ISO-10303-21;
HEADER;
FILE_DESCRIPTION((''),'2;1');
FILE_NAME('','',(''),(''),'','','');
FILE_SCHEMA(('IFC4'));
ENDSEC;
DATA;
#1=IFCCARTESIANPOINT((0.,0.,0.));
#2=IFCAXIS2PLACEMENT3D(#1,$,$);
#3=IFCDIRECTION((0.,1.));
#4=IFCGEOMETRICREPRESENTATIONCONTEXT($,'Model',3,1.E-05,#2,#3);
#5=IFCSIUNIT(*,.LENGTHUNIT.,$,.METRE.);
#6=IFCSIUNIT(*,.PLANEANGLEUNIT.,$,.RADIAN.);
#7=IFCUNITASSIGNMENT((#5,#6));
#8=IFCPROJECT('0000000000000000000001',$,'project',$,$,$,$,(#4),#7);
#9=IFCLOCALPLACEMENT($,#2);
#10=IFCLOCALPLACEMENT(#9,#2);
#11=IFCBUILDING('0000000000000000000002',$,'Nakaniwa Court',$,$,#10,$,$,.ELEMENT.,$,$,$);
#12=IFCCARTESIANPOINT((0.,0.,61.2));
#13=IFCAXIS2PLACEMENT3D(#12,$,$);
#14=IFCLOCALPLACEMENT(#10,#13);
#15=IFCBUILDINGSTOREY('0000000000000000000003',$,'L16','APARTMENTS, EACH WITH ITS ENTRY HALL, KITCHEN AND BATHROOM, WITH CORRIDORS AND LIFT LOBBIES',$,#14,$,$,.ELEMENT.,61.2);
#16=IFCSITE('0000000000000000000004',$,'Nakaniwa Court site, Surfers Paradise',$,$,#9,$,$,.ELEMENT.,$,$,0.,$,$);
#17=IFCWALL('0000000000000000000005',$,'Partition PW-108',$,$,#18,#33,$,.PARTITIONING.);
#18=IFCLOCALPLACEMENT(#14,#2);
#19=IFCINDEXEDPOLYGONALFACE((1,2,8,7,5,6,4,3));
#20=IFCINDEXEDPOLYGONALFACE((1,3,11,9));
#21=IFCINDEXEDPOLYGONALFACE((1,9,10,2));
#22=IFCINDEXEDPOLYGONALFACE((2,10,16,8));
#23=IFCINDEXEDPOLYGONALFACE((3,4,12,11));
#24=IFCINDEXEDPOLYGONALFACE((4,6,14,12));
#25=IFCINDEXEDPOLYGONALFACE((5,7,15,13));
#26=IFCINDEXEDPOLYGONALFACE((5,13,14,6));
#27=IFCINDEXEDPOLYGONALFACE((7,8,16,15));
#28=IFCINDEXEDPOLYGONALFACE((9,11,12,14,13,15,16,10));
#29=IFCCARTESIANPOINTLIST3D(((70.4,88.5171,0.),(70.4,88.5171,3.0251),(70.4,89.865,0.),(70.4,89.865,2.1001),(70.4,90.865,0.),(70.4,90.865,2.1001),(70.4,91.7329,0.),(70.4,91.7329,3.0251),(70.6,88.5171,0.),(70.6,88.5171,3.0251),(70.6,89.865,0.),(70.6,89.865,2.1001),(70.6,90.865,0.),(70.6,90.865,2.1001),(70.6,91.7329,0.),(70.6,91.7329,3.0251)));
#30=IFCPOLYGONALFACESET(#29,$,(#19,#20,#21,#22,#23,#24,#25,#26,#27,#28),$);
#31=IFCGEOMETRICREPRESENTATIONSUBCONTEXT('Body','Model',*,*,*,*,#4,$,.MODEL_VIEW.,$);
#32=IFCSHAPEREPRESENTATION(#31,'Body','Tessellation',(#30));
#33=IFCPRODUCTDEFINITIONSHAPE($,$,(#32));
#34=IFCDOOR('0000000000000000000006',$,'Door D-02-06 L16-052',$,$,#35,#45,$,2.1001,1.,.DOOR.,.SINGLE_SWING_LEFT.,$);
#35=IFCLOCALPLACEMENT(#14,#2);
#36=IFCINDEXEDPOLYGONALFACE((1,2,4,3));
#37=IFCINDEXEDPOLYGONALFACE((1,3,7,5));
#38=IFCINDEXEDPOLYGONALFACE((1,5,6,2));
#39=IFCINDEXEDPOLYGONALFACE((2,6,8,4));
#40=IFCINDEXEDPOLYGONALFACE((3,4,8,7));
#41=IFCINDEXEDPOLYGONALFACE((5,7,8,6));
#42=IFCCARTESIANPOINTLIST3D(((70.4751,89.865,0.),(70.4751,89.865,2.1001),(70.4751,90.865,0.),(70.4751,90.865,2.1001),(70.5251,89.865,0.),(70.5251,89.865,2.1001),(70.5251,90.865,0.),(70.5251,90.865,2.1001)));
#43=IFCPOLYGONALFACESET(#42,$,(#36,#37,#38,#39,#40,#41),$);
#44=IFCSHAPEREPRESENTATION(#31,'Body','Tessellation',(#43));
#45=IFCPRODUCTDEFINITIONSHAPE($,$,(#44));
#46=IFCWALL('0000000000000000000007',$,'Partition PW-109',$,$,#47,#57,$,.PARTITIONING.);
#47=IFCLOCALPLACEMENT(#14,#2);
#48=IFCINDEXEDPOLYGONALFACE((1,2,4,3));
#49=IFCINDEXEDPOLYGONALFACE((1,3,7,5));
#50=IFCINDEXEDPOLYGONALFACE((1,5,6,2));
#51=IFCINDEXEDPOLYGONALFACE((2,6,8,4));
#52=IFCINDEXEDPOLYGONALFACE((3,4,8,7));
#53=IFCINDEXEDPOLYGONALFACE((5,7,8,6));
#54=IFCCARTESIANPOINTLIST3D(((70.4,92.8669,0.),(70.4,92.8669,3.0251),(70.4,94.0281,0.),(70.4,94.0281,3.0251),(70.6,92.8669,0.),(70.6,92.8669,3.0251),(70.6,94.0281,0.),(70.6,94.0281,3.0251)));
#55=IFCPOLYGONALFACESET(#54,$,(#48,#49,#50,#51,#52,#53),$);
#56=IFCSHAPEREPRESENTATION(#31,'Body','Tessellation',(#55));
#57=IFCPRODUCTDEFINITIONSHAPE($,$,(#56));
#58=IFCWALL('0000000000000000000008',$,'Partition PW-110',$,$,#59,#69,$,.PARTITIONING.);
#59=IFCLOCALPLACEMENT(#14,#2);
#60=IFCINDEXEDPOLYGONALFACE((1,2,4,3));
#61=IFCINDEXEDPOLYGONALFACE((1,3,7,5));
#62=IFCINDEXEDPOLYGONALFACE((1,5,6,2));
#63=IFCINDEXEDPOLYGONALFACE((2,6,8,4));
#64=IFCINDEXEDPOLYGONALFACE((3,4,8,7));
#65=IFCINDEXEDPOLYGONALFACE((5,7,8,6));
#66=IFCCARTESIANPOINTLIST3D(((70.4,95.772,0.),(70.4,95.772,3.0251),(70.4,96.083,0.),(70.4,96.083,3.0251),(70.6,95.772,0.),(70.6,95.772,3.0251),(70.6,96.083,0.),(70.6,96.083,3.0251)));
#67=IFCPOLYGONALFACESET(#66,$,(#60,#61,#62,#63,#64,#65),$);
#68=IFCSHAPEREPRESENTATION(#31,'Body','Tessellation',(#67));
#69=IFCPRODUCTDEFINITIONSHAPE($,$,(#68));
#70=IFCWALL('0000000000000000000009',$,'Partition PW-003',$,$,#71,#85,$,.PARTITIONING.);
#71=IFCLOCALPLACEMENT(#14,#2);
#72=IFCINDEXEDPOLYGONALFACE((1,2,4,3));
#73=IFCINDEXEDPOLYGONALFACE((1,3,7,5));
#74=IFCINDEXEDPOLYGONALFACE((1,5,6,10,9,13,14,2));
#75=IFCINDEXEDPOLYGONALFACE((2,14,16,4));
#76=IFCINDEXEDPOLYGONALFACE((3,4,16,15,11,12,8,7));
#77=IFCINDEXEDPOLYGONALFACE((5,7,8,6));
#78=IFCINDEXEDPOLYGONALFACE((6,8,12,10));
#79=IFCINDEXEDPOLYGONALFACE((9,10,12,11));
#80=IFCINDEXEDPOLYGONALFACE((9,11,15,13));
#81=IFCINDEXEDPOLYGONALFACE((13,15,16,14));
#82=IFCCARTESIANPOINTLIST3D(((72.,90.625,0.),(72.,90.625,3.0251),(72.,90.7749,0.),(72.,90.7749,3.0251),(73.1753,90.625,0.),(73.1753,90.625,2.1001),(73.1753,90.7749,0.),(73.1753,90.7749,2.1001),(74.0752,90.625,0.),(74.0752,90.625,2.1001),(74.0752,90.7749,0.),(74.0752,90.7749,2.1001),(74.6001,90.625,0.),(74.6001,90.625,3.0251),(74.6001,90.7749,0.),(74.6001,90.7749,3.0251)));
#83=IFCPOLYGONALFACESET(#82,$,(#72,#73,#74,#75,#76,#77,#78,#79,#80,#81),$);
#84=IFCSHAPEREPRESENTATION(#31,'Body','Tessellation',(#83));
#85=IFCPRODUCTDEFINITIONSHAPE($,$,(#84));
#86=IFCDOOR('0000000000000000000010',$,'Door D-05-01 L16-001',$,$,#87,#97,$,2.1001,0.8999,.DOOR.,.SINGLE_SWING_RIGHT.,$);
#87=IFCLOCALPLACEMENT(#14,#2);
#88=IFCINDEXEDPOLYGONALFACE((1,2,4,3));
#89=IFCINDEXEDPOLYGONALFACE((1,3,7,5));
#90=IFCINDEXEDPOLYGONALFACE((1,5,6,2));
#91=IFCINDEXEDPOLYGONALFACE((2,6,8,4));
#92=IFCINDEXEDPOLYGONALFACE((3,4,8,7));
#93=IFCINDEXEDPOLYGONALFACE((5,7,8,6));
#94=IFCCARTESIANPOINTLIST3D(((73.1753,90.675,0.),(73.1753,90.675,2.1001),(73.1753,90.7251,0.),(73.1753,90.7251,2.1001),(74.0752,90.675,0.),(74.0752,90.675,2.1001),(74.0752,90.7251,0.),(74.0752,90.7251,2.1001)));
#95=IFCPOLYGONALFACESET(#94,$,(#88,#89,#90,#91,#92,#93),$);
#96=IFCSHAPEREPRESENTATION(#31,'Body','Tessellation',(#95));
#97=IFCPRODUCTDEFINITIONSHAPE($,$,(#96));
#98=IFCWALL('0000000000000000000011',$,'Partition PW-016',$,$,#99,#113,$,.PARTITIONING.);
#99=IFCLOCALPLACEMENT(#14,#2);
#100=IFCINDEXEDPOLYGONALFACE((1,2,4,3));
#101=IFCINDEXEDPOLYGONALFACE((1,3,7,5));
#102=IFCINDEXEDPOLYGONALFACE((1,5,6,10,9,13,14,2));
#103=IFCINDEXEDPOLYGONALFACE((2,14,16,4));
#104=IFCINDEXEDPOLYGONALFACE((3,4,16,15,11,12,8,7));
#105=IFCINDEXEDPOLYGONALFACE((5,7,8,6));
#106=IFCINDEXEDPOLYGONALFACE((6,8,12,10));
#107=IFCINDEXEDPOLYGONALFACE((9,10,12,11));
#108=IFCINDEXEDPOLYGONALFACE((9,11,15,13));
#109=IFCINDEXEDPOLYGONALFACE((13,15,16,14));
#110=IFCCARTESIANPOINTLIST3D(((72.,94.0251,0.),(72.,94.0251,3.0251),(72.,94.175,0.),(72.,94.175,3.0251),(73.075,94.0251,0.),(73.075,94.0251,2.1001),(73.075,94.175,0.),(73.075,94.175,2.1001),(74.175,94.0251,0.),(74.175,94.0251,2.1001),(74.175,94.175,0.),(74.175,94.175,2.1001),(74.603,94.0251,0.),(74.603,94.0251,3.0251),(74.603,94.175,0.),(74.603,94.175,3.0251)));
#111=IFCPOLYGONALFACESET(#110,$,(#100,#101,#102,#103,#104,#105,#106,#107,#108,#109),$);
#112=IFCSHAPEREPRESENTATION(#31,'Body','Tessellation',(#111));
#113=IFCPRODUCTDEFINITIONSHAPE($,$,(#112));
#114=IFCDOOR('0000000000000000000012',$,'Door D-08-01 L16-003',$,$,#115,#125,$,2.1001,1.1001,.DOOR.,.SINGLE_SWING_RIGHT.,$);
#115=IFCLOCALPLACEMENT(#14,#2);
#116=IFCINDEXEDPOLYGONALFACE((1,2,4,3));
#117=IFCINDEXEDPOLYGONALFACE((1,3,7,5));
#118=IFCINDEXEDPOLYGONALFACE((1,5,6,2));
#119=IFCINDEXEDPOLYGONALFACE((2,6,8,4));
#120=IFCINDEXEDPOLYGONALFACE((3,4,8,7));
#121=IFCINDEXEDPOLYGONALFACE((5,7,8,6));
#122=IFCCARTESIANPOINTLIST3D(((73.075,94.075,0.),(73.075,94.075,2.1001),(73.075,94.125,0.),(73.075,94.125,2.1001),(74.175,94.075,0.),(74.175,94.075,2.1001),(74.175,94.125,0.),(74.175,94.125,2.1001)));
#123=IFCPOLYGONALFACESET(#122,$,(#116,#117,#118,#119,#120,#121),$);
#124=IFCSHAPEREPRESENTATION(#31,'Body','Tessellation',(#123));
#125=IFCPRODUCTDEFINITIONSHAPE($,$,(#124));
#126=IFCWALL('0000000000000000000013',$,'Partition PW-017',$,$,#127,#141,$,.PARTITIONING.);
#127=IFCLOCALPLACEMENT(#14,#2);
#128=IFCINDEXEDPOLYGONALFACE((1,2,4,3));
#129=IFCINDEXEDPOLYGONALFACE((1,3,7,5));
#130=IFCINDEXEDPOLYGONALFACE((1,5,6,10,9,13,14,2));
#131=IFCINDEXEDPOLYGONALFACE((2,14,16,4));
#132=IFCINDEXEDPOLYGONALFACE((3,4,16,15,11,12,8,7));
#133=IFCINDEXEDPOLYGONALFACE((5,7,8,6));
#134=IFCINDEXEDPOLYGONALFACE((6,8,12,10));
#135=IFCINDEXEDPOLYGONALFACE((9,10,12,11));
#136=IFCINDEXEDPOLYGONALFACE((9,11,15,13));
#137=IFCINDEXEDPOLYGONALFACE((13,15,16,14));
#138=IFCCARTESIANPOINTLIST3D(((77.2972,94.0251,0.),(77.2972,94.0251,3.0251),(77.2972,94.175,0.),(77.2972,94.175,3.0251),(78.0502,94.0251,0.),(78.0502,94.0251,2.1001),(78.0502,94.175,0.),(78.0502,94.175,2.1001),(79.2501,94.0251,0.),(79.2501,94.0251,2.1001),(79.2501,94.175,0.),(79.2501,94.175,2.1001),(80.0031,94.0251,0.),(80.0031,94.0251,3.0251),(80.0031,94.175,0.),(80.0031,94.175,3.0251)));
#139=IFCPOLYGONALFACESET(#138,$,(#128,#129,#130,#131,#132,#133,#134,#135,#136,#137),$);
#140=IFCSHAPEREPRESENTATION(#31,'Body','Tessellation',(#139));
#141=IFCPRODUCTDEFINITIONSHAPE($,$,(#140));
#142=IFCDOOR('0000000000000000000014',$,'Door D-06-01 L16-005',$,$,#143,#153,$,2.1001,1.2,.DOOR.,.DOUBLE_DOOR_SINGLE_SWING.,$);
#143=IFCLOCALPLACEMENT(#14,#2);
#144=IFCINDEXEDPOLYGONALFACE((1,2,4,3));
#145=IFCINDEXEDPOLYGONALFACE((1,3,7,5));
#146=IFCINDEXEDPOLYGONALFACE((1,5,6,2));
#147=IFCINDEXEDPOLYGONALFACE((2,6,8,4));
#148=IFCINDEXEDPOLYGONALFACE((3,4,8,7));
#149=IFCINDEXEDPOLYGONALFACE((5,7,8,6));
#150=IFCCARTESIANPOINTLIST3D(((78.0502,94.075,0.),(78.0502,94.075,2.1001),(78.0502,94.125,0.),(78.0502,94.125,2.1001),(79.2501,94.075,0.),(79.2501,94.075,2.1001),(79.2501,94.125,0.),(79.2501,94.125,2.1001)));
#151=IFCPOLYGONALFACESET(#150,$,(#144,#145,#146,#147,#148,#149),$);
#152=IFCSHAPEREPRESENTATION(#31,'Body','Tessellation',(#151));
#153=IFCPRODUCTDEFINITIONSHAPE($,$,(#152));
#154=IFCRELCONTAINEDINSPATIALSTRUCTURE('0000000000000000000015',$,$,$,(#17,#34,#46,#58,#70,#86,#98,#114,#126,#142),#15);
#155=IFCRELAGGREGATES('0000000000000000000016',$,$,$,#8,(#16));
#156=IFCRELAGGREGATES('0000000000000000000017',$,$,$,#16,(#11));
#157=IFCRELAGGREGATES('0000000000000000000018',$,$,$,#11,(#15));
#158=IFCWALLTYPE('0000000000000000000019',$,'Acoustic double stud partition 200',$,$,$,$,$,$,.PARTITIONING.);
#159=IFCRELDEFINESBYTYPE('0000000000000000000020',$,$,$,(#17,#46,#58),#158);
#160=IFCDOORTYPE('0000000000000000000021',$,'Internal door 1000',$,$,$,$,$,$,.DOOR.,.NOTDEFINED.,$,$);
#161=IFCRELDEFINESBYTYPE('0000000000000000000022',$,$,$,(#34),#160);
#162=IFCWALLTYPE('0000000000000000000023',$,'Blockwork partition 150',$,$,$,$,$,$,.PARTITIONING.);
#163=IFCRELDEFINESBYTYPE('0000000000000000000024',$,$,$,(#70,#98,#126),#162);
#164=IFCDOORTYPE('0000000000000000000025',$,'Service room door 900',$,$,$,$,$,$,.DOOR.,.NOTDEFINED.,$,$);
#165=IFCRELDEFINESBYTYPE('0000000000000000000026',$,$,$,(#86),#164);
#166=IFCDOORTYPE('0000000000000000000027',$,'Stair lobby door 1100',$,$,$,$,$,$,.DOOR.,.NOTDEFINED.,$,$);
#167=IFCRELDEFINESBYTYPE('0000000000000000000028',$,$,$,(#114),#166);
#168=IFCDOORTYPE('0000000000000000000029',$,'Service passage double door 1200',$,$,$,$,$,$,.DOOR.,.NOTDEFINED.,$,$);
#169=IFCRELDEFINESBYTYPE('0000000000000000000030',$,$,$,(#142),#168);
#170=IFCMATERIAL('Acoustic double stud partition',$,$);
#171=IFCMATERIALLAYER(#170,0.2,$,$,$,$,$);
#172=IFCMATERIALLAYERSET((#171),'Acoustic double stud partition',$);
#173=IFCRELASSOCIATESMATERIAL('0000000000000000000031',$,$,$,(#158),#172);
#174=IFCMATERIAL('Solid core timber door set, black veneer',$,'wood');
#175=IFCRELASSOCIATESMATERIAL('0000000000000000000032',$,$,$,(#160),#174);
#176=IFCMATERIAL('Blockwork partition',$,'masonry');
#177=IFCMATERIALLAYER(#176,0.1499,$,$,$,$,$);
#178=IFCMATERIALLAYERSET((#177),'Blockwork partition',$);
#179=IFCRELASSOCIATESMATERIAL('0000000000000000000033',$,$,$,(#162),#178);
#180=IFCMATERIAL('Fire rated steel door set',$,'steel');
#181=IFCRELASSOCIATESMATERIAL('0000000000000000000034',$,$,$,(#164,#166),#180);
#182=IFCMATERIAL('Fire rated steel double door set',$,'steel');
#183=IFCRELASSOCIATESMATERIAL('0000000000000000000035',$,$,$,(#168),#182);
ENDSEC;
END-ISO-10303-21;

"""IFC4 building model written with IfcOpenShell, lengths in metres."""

from ifc_helpers import new_model, si_unit, direction, frame, frame_2d, origin, place, context, subcontext, project, spatial, rectangle, extrude, material, layer, layer_set, type_object, element, fill, save


model = new_model("IFC4")

# Units and contexts
model_context = context("Model", 3, precision=1e-05, world=origin(), true_north=direction((0.0, 1.0)))
body_context = subcontext(model_context, "Body", "Model", "MODEL_VIEW")
ifc_project = project(units=[si_unit("LENGTHUNIT", "METRE"), si_unit("PLANEANGLEUNIT", "RADIAN")], contexts=[model_context])

# Site, building, storey
site_placement = place(None, origin())
site = spatial("IfcSite", under=ifc_project, at=site_placement, Name="Nakaniwa Court site, Surfers Paradise", CompositionType="ELEMENT", RefElevation=0.0)
building_placement = place(site_placement, origin())
building = spatial("IfcBuilding", under=site, at=building_placement, Name="Nakaniwa Court", CompositionType="ELEMENT")
storey_placement = place(building_placement, frame((0.0, 0.0, 61.2)))
storey = spatial("IfcBuildingStorey", under=building, at=storey_placement, Name="L16", Description="APARTMENTS, EACH WITH ITS ENTRY HALL, KITCHEN AND BATHROOM, WITH CORRIDORS AND LIFT LOBBIES", CompositionType="ELEMENT", Elevation=61.2)

# Wall, opening, door
ifc_material_1 = material(Name="Acoustic double stud partition")
ifc_layer_1 = layer(ifc_material_1, 0.2)
ifc_layer_set_1 = layer_set([ifc_layer_1], Name="Acoustic double stud partition")
wall_type_1 = type_object("IfcWallType", Name="Acoustic double stud partition 200", PredefinedType="PARTITIONING", material=ifc_layer_set_1)
wall_1_placement = place(storey_placement, frame((70.5, 88.5171, 0.0), z_axis=(0.0, 0.0, 1.0), x_axis=(0.0, 1.0, 0.0)))
wall_1 = element("IfcWall", 1, at=wall_1_placement, inside=storey, type_object=wall_type_1, Name="Partition PW-108", PredefinedType="PARTITIONING", context=body_context, shape_type="SweptSolid", body=[
    extrude(rectangle(XDim=3.2158, YDim=0.2, at=frame_2d((1.6079, 0.0))), origin(), (0.0, 0.0, 1.0), 3.0251),
])
opening_1_placement = place(wall_1_placement, frame((1.3479, 0.0, 0.0)))
opening_1 = element("IfcOpeningElement", 2, at=opening_1_placement, cuts=wall_1, PredefinedType="OPENING", context=body_context, shape_type="SweptSolid", body=[
    extrude(rectangle(XDim=1.0, YDim=2.1001, at=frame_2d((0.5, 1.05))), frame((0.0, 0.1099, 0.0), z_axis=(0.0, -1.0, 0.0), x_axis=(1.0, 0.0, 0.0)), (0.0, 0.0, 1.0), 0.22),
])
ifc_material_2 = material(Name="Solid core timber door set, black veneer", Category="wood")
door_type_1 = type_object("IfcDoorType", Name="Internal door 1000", OperationType="NOTDEFINED", PredefinedType="DOOR", material=ifc_material_2)
door_1_placement = place(opening_1_placement, origin())
door_1 = element("IfcDoor", 3, at=door_1_placement, inside=storey, type_object=door_type_1, Name="Door D-02-06 L16-052", OperationType="SINGLE_SWING_LEFT", OverallHeight=2.1001, OverallWidth=1.0, PredefinedType="DOOR", context=body_context, shape_type="SweptSolid", body=[
    extrude(rectangle(XDim=1.0, YDim=2.1001, at=frame_2d((0.5, 1.05))), frame((0.0, 0.0249, 0.0), z_axis=(0.0, -1.0, 0.0), x_axis=(1.0, 0.0, 0.0)), (0.0, 0.0, 1.0), 0.05),
])
fill(opening_1, door_1)

# Walls
wall_2_placement = place(storey_placement, frame((70.5, 92.8669, 0.0), z_axis=(0.0, 0.0, 1.0), x_axis=(0.0, 1.0, 0.0)))
element("IfcWall", 4, at=wall_2_placement, inside=storey, type_object=wall_type_1, Name="Partition PW-109", PredefinedType="PARTITIONING", context=body_context, shape_type="SweptSolid", body=[
    extrude(rectangle(XDim=1.1611, YDim=0.2, at=frame_2d((0.5806, 0.0))), origin(), (0.0, 0.0, 1.0), 3.0251),
])
wall_3_placement = place(storey_placement, frame((70.5, 95.772, 0.0), z_axis=(0.0, 0.0, 1.0), x_axis=(0.0, 1.0, 0.0)))
element("IfcWall", 5, at=wall_3_placement, inside=storey, type_object=wall_type_1, Name="Partition PW-110", PredefinedType="PARTITIONING", context=body_context, shape_type="SweptSolid", body=[
    extrude(rectangle(XDim=0.311, YDim=0.2, at=frame_2d((0.1555, 0.0))), origin(), (0.0, 0.0, 1.0), 3.0251),
])

# Walls, openings, doors
ifc_material_3 = material(Name="Blockwork partition", Category="masonry")
ifc_layer_2 = layer(ifc_material_3, 0.1499)
ifc_layer_set_2 = layer_set([ifc_layer_2], Name="Blockwork partition")
wall_type_2 = type_object("IfcWallType", Name="Blockwork partition 150", PredefinedType="PARTITIONING", material=ifc_layer_set_2)
wall_4_placement = place(storey_placement, frame((74.6001, 90.7, 0.0), z_axis=(0.0, 0.0, 1.0), x_axis=(-1.0, 0.0, 0.0)))
wall_4 = element("IfcWall", 6, at=wall_4_placement, inside=storey, type_object=wall_type_2, Name="Partition PW-003", PredefinedType="PARTITIONING", context=body_context, shape_type="SweptSolid", body=[
    extrude(rectangle(XDim=2.6001, YDim=0.1499, at=frame_2d((1.3, 0.0))), origin(), (0.0, 0.0, 1.0), 3.0251),
])
opening_2_placement = place(wall_4_placement, frame((0.5249, 0.0, 0.0)))
opening_2 = element("IfcOpeningElement", 7, at=opening_2_placement, cuts=wall_4, PredefinedType="OPENING", context=body_context, shape_type="SweptSolid", body=[
    extrude(rectangle(XDim=0.8999, YDim=2.1001, at=frame_2d((0.45, 1.05))), frame((0.0, 0.085, 0.0), z_axis=(0.0, -1.0, 0.0), x_axis=(1.0, 0.0, 0.0)), (0.0, 0.0, 1.0), 0.1699),
])
ifc_material_4 = material(Name="Fire rated steel door set", Category="steel")
door_type_2 = type_object("IfcDoorType", Name="Service room door 900", OperationType="NOTDEFINED", PredefinedType="DOOR", material=ifc_material_4)
door_2_placement = place(opening_2_placement, origin())
door_2 = element("IfcDoor", 8, at=door_2_placement, inside=storey, type_object=door_type_2, Name="Door D-05-01 L16-001", OperationType="SINGLE_SWING_RIGHT", OverallHeight=2.1001, OverallWidth=0.8999, PredefinedType="DOOR", context=body_context, shape_type="SweptSolid", body=[
    extrude(rectangle(XDim=0.8999, YDim=2.1001, at=frame_2d((0.45, 1.05))), frame((0.0, 0.0249, 0.0), z_axis=(0.0, -1.0, 0.0), x_axis=(1.0, 0.0, 0.0)), (0.0, 0.0, 1.0), 0.05),
])
fill(opening_2, door_2)
wall_5_placement = place(storey_placement, frame((72.0, 94.1001, 0.0), z_axis=(0.0, 0.0, 1.0), x_axis=(1.0, 0.0, 0.0)))
wall_5 = element("IfcWall", 9, at=wall_5_placement, inside=storey, type_object=wall_type_2, Name="Partition PW-016", PredefinedType="PARTITIONING", context=body_context, shape_type="SweptSolid", body=[
    extrude(rectangle(XDim=2.603, YDim=0.1499, at=frame_2d((1.3015, 0.0))), origin(), (0.0, 0.0, 1.0), 3.0251),
])
opening_3_placement = place(wall_5_placement, frame((1.075, 0.0, 0.0)))
opening_3 = element("IfcOpeningElement", 10, at=opening_3_placement, cuts=wall_5, PredefinedType="OPENING", context=body_context, shape_type="SweptSolid", body=[
    extrude(rectangle(XDim=1.1001, YDim=2.1001, at=frame_2d((0.55, 1.05))), frame((0.0, 0.085, 0.0), z_axis=(0.0, -1.0, 0.0), x_axis=(1.0, 0.0, 0.0)), (0.0, 0.0, 1.0), 0.1699),
])
door_type_3 = type_object("IfcDoorType", Name="Stair lobby door 1100", OperationType="NOTDEFINED", PredefinedType="DOOR", material=ifc_material_4)
door_3_placement = place(opening_3_placement, origin())
door_3 = element("IfcDoor", 11, at=door_3_placement, inside=storey, type_object=door_type_3, Name="Door D-08-01 L16-003", OperationType="SINGLE_SWING_RIGHT", OverallHeight=2.1001, OverallWidth=1.1001, PredefinedType="DOOR", context=body_context, shape_type="SweptSolid", body=[
    extrude(rectangle(XDim=1.1001, YDim=2.1001, at=frame_2d((0.55, 1.05))), frame((0.0, 0.0249, 0.0), z_axis=(0.0, -1.0, 0.0), x_axis=(1.0, 0.0, 0.0)), (0.0, 0.0, 1.0), 0.05),
])
fill(opening_3, door_3)
wall_6_placement = place(storey_placement, frame((77.2971, 94.1001, 0.0), z_axis=(0.0, 0.0, 1.0), x_axis=(1.0, 0.0, 0.0)))
wall_6 = element("IfcWall", 12, at=wall_6_placement, inside=storey, type_object=wall_type_2, Name="Partition PW-017", PredefinedType="PARTITIONING", context=body_context, shape_type="SweptSolid", body=[
    extrude(rectangle(XDim=2.7058, YDim=0.1499, at=frame_2d((1.353, 0.0))), origin(), (0.0, 0.0, 1.0), 3.0251),
])
opening_4_placement = place(wall_6_placement, frame((0.7529, 0.0, 0.0)))
opening_4 = element("IfcOpeningElement", 13, at=opening_4_placement, cuts=wall_6, PredefinedType="OPENING", context=body_context, shape_type="SweptSolid", body=[
    extrude(rectangle(XDim=1.2, YDim=2.1001, at=frame_2d((0.6001, 1.05))), frame((0.0, 0.085, 0.0), z_axis=(0.0, -1.0, 0.0), x_axis=(1.0, 0.0, 0.0)), (0.0, 0.0, 1.0), 0.1699),
])
ifc_material_5 = material(Name="Fire rated steel double door set", Category="steel")
door_type_4 = type_object("IfcDoorType", Name="Service passage double door 1200", OperationType="NOTDEFINED", PredefinedType="DOOR", material=ifc_material_5)
door_4_placement = place(opening_4_placement, origin())
door_4 = element("IfcDoor", 14, at=door_4_placement, inside=storey, type_object=door_type_4, Name="Door D-06-01 L16-005", OperationType="DOUBLE_DOOR_SINGLE_SWING", OverallHeight=2.1001, OverallWidth=1.2, PredefinedType="DOOR", context=body_context, shape_type="SweptSolid", body=[
    extrude(rectangle(XDim=1.2, YDim=2.1001, at=frame_2d((0.6001, 1.05))), frame((0.0, 0.0249, 0.0), z_axis=(0.0, -1.0, 0.0), x_axis=(1.0, 0.0, 0.0)), (0.0, 0.0, 1.0), 0.05),
])
fill(opening_4, door_4)

save(model, "model.ifc")
